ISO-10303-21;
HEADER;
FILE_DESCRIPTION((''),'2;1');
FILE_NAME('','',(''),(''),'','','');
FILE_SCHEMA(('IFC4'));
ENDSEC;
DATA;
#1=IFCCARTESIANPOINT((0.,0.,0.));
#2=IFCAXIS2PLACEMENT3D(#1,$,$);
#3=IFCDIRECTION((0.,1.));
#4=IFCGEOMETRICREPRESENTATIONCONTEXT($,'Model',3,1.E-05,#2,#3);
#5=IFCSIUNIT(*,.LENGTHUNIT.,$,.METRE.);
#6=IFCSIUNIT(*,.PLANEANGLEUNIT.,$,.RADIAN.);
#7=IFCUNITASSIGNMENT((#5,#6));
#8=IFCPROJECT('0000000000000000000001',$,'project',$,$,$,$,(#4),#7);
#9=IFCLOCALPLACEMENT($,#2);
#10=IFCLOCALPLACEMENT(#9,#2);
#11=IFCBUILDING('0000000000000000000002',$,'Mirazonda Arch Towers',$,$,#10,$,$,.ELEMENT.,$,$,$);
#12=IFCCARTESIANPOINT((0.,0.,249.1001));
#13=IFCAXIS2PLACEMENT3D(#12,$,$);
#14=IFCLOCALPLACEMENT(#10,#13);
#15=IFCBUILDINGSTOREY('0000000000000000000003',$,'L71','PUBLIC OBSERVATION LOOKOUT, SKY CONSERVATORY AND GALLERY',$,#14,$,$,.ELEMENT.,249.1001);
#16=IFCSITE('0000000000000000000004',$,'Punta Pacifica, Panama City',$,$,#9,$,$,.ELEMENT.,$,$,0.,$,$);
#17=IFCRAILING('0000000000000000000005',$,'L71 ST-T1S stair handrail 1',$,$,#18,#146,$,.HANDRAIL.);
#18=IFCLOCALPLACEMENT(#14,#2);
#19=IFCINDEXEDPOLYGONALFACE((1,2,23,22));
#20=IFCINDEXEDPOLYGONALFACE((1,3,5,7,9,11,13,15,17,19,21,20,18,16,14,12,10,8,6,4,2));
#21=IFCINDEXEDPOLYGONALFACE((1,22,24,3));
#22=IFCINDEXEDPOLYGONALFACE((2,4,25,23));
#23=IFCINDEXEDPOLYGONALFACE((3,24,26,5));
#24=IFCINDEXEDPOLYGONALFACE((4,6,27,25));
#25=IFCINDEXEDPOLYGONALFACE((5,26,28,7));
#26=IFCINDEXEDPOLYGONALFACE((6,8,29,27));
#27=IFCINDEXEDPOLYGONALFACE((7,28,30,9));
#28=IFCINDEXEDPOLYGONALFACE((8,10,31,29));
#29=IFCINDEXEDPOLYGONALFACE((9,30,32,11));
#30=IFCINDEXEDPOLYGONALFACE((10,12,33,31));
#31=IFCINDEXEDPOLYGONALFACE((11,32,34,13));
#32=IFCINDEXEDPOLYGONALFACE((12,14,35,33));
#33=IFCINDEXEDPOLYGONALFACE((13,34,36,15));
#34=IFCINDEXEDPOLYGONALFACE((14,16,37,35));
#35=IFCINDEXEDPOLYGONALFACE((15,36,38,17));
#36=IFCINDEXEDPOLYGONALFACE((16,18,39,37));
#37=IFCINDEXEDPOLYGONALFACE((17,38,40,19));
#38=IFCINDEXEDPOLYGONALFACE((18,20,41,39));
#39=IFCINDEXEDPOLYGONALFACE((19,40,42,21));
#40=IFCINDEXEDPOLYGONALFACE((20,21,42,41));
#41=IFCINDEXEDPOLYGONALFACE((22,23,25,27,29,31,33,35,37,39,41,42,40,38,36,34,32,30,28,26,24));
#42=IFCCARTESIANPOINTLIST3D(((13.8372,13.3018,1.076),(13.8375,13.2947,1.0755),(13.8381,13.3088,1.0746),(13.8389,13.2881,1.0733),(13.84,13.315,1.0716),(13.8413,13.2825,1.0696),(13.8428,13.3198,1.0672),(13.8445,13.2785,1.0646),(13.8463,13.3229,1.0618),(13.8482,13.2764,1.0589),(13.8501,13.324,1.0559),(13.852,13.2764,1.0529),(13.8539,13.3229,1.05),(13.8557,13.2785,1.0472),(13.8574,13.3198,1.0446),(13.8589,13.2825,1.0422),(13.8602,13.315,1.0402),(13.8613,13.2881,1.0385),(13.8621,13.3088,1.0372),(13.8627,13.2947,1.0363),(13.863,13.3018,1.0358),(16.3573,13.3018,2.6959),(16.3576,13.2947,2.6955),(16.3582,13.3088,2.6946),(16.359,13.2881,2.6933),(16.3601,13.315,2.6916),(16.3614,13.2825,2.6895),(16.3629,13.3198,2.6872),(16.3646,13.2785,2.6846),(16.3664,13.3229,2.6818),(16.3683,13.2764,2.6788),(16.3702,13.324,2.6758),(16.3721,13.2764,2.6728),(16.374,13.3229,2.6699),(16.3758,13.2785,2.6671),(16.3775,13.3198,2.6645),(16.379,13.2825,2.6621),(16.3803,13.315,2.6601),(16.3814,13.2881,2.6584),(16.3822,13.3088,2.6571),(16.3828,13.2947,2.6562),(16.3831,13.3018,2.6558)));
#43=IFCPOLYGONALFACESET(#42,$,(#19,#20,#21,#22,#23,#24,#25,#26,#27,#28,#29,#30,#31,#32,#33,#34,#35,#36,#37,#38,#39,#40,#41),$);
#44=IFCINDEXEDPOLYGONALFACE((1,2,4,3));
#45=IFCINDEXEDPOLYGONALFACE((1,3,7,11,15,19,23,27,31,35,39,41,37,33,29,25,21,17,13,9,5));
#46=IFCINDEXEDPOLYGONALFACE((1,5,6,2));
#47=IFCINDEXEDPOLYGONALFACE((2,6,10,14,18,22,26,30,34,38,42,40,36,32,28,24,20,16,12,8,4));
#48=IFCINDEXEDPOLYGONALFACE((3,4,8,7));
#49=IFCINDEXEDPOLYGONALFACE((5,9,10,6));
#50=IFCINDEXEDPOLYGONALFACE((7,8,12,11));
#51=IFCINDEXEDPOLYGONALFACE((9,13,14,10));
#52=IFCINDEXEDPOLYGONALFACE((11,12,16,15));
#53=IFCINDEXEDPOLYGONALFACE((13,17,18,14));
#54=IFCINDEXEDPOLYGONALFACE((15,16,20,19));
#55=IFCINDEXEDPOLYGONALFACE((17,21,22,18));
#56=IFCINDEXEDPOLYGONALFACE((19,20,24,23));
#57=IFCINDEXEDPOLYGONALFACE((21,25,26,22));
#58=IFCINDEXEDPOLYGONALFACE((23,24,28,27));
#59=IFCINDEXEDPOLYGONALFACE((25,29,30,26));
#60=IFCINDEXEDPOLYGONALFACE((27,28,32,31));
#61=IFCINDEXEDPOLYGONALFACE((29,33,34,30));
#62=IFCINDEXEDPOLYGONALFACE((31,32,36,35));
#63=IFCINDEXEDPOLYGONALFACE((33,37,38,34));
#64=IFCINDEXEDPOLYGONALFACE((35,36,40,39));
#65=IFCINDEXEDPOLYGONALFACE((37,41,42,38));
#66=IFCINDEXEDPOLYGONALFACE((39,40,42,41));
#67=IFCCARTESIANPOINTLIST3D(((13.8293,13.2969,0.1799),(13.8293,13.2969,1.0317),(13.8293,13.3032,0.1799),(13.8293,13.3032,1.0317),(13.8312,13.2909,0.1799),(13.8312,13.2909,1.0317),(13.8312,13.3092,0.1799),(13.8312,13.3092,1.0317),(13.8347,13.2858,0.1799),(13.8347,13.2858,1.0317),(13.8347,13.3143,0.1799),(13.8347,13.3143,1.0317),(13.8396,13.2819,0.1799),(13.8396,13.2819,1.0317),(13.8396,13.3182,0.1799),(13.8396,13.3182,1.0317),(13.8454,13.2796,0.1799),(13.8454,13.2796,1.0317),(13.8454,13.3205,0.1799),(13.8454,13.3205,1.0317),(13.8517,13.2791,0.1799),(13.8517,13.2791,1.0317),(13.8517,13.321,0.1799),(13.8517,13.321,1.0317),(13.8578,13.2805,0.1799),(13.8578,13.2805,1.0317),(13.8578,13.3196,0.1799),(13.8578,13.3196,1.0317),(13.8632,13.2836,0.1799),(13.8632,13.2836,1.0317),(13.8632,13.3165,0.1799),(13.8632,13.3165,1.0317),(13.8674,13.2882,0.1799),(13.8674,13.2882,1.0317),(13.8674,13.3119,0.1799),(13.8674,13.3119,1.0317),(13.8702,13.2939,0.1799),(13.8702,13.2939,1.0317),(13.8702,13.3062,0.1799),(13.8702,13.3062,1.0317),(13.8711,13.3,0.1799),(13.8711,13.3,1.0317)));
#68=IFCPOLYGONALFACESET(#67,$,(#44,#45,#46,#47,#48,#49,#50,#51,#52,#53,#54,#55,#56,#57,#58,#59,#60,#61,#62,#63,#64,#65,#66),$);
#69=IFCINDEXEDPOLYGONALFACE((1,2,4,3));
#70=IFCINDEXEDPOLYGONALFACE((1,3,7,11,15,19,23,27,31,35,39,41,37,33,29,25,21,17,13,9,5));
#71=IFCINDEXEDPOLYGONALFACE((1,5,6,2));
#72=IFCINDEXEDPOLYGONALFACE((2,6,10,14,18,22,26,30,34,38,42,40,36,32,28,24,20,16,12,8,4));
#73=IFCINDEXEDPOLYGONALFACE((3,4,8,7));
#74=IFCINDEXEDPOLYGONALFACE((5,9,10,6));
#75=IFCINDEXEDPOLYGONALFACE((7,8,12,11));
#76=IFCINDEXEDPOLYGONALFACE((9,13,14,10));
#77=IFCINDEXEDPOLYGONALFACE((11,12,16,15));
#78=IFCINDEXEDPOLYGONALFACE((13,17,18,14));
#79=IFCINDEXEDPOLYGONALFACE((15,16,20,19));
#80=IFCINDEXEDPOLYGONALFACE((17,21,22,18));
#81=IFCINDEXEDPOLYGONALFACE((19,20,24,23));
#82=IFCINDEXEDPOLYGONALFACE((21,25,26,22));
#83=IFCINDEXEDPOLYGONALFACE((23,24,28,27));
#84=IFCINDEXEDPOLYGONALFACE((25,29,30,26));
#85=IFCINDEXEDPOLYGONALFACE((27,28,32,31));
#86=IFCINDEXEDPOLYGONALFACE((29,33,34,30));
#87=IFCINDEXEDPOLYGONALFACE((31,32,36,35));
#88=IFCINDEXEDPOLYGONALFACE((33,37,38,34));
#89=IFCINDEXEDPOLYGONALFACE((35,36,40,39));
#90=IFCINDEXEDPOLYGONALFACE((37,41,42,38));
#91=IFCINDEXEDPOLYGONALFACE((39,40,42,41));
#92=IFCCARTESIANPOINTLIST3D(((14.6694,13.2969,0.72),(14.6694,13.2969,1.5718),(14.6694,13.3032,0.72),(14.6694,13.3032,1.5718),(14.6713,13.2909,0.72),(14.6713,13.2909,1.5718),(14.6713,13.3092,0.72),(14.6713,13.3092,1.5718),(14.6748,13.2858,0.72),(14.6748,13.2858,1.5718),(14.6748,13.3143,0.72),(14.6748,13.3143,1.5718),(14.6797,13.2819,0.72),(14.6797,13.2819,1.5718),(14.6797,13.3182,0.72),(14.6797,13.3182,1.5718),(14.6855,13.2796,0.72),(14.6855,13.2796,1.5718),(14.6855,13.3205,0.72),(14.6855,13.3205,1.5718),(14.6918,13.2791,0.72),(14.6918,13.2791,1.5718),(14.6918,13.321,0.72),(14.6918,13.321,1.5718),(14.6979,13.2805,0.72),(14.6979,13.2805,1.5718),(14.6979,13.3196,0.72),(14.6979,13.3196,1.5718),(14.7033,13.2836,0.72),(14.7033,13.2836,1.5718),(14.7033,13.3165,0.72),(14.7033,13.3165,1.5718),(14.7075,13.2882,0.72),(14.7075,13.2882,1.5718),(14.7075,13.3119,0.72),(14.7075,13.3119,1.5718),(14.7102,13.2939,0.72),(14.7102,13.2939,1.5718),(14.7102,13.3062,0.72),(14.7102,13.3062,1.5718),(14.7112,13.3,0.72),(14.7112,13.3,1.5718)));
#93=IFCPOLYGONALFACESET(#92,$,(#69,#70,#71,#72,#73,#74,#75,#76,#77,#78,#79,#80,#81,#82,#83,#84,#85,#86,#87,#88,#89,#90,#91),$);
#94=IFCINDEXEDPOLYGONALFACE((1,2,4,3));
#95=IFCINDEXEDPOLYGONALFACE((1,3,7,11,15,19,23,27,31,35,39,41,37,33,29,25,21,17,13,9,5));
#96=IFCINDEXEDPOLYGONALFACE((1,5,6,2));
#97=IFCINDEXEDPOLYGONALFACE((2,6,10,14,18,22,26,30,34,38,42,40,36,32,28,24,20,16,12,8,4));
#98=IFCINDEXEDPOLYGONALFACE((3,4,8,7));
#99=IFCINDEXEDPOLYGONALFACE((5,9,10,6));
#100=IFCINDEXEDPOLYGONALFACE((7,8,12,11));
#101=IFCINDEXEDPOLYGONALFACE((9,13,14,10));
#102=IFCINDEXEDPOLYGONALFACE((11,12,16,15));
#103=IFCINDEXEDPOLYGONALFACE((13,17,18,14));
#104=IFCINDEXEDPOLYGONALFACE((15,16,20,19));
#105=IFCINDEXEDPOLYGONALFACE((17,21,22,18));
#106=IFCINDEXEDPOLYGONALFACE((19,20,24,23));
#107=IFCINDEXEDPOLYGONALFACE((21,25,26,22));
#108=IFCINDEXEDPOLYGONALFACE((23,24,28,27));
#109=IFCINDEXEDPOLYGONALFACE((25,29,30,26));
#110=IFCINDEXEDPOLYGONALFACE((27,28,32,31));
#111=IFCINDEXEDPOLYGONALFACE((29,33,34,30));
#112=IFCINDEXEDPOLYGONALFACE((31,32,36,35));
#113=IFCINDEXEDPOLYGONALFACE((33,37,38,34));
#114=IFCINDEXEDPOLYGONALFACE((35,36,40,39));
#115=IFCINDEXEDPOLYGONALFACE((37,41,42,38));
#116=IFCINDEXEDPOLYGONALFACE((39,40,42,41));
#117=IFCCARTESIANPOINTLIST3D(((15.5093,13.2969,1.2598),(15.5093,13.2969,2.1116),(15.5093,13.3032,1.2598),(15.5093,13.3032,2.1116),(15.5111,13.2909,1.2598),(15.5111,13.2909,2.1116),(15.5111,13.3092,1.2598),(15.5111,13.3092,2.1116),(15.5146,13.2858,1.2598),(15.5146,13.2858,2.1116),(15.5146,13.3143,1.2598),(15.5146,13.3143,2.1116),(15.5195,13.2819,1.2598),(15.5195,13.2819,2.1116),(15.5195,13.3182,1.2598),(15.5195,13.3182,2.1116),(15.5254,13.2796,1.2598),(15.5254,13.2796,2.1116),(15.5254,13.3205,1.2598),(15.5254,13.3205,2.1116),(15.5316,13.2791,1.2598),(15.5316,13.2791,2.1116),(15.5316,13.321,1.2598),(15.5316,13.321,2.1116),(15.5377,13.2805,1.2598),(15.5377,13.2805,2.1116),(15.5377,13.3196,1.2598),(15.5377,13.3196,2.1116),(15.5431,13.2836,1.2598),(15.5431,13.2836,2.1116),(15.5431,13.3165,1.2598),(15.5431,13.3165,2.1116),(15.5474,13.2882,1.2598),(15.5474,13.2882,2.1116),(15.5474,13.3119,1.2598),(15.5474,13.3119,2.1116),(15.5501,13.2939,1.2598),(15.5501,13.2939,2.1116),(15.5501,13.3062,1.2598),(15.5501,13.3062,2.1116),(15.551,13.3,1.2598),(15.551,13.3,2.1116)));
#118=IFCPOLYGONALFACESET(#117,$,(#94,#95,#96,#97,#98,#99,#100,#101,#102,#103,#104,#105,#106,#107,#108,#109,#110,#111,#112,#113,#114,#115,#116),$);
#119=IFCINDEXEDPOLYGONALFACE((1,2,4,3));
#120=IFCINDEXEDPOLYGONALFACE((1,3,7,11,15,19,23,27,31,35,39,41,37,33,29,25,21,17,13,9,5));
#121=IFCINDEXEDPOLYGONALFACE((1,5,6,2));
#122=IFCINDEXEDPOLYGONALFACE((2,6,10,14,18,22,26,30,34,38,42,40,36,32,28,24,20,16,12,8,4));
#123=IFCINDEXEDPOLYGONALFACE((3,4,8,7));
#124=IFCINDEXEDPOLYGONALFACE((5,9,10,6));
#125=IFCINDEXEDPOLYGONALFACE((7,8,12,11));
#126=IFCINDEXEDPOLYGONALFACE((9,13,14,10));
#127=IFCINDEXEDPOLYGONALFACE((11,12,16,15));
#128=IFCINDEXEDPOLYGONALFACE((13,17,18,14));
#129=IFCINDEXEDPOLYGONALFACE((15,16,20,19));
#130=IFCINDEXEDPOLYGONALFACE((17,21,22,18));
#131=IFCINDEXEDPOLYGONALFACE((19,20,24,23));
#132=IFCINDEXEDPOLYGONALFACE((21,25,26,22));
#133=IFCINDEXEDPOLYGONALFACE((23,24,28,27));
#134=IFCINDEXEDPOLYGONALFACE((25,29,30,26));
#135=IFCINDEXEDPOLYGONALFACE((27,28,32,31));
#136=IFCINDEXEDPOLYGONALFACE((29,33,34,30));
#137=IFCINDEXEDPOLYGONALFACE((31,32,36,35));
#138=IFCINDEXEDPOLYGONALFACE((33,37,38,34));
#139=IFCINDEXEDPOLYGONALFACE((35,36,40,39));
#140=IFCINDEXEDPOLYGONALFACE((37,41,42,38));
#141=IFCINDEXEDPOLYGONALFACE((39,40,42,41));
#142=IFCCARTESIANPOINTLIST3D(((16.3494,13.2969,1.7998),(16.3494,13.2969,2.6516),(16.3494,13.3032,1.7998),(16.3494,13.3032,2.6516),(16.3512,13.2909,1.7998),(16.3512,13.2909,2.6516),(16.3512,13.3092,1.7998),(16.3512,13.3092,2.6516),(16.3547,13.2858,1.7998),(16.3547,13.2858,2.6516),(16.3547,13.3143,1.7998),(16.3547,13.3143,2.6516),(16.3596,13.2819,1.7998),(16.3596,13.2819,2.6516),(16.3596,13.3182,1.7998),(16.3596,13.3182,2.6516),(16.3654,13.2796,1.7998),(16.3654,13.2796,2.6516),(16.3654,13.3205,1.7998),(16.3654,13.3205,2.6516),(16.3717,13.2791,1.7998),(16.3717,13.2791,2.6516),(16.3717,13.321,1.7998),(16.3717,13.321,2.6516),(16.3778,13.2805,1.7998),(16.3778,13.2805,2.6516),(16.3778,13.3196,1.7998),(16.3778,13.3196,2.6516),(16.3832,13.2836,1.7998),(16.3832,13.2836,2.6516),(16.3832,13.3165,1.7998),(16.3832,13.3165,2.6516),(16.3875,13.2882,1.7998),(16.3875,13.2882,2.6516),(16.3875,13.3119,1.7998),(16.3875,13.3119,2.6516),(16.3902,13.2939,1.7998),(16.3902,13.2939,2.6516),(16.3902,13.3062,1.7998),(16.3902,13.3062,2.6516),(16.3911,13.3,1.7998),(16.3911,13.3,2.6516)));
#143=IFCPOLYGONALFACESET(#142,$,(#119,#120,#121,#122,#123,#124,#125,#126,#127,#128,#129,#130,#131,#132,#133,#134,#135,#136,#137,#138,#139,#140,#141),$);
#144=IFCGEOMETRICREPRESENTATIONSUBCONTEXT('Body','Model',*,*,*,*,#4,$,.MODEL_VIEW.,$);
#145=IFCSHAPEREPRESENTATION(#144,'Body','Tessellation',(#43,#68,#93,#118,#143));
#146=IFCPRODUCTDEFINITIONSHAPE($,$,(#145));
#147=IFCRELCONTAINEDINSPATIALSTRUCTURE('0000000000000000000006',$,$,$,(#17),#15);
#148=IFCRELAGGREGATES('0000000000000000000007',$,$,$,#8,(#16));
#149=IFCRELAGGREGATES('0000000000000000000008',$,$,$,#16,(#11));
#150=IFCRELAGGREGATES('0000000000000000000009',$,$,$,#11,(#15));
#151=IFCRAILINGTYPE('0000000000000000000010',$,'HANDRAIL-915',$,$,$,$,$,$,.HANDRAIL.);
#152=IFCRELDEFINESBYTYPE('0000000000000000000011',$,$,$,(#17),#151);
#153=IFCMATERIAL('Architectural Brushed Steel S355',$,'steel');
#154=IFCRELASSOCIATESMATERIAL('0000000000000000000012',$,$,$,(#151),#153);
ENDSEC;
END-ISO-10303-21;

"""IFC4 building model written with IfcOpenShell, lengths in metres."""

from ifc_helpers import new_model, si_unit, direction, frame, origin, origin_2d, place, context, subcontext, project, spatial, circle, extrude, material, type_object, element, save


model = new_model("IFC4")

# Units and contexts
model_context = context("Model", 3, precision=1e-05, world=origin(), true_north=direction((0.0, 1.0)))
body_context = subcontext(model_context, "Body", "Model", "MODEL_VIEW")
ifc_project = project(units=[si_unit("LENGTHUNIT", "METRE"), si_unit("PLANEANGLEUNIT", "RADIAN")], contexts=[model_context])

# Site, building, storey
site_placement = place(None, origin())
site = spatial("IfcSite", under=ifc_project, at=site_placement, Name="Punta Pacifica, Panama City", CompositionType="ELEMENT", RefElevation=0.0)
building_placement = place(site_placement, origin())
building = spatial("IfcBuilding", under=site, at=building_placement, Name="Mirazonda Arch Towers", CompositionType="ELEMENT")
storey_placement = place(building_placement, frame((0.0, 0.0, 249.1001)))
storey = spatial("IfcBuildingStorey", under=building, at=storey_placement, Name="L71", Description="PUBLIC OBSERVATION LOOKOUT, SKY CONSERVATORY AND GALLERY", CompositionType="ELEMENT", Elevation=249.1001)

# Railing
ifc_material_1 = material(Name="Architectural Brushed Steel S355", Category="steel")
railing_type_1 = type_object("IfcRailingType", Name="HANDRAIL-915", PredefinedType="HANDRAIL", material=ifc_material_1)
railing_1_placement = place(storey_placement, frame((13.8501, 13.3, 0.1799)))
element("IfcRailing", 1, at=railing_1_placement, inside=storey, type_object=railing_type_1, Name="L71 ST-T1S stair handrail 1", PredefinedType="HANDRAIL", context=body_context, shape_type="SweptSolid", body=[
    extrude(circle(Radius=0.0239, at=origin_2d()), frame((0.0, 0.0, 0.876), z_axis=(0.8412, 0.0, 0.540725), x_axis=(0.0, 1.0, 0.0)), (0.0, 0.0, 1.0), 2.9958),
    extrude(circle(Radius=0.021, at=origin_2d()), origin(), (0.0, 0.0, 1.0), 0.8518),
    extrude(circle(Radius=0.021, at=origin_2d()), frame((0.8401, 0.0, 0.54)), (0.0, 0.0, 1.0), 0.8518),
    extrude(circle(Radius=0.021, at=origin_2d()), frame((1.6799, 0.0, 1.0798)), (0.0, 0.0, 1.0), 0.8518),
    extrude(circle(Radius=0.021, at=origin_2d()), frame((2.52, 0.0, 1.6199)), (0.0, 0.0, 1.0), 0.8518),
])

save(model, "model.ifc")
